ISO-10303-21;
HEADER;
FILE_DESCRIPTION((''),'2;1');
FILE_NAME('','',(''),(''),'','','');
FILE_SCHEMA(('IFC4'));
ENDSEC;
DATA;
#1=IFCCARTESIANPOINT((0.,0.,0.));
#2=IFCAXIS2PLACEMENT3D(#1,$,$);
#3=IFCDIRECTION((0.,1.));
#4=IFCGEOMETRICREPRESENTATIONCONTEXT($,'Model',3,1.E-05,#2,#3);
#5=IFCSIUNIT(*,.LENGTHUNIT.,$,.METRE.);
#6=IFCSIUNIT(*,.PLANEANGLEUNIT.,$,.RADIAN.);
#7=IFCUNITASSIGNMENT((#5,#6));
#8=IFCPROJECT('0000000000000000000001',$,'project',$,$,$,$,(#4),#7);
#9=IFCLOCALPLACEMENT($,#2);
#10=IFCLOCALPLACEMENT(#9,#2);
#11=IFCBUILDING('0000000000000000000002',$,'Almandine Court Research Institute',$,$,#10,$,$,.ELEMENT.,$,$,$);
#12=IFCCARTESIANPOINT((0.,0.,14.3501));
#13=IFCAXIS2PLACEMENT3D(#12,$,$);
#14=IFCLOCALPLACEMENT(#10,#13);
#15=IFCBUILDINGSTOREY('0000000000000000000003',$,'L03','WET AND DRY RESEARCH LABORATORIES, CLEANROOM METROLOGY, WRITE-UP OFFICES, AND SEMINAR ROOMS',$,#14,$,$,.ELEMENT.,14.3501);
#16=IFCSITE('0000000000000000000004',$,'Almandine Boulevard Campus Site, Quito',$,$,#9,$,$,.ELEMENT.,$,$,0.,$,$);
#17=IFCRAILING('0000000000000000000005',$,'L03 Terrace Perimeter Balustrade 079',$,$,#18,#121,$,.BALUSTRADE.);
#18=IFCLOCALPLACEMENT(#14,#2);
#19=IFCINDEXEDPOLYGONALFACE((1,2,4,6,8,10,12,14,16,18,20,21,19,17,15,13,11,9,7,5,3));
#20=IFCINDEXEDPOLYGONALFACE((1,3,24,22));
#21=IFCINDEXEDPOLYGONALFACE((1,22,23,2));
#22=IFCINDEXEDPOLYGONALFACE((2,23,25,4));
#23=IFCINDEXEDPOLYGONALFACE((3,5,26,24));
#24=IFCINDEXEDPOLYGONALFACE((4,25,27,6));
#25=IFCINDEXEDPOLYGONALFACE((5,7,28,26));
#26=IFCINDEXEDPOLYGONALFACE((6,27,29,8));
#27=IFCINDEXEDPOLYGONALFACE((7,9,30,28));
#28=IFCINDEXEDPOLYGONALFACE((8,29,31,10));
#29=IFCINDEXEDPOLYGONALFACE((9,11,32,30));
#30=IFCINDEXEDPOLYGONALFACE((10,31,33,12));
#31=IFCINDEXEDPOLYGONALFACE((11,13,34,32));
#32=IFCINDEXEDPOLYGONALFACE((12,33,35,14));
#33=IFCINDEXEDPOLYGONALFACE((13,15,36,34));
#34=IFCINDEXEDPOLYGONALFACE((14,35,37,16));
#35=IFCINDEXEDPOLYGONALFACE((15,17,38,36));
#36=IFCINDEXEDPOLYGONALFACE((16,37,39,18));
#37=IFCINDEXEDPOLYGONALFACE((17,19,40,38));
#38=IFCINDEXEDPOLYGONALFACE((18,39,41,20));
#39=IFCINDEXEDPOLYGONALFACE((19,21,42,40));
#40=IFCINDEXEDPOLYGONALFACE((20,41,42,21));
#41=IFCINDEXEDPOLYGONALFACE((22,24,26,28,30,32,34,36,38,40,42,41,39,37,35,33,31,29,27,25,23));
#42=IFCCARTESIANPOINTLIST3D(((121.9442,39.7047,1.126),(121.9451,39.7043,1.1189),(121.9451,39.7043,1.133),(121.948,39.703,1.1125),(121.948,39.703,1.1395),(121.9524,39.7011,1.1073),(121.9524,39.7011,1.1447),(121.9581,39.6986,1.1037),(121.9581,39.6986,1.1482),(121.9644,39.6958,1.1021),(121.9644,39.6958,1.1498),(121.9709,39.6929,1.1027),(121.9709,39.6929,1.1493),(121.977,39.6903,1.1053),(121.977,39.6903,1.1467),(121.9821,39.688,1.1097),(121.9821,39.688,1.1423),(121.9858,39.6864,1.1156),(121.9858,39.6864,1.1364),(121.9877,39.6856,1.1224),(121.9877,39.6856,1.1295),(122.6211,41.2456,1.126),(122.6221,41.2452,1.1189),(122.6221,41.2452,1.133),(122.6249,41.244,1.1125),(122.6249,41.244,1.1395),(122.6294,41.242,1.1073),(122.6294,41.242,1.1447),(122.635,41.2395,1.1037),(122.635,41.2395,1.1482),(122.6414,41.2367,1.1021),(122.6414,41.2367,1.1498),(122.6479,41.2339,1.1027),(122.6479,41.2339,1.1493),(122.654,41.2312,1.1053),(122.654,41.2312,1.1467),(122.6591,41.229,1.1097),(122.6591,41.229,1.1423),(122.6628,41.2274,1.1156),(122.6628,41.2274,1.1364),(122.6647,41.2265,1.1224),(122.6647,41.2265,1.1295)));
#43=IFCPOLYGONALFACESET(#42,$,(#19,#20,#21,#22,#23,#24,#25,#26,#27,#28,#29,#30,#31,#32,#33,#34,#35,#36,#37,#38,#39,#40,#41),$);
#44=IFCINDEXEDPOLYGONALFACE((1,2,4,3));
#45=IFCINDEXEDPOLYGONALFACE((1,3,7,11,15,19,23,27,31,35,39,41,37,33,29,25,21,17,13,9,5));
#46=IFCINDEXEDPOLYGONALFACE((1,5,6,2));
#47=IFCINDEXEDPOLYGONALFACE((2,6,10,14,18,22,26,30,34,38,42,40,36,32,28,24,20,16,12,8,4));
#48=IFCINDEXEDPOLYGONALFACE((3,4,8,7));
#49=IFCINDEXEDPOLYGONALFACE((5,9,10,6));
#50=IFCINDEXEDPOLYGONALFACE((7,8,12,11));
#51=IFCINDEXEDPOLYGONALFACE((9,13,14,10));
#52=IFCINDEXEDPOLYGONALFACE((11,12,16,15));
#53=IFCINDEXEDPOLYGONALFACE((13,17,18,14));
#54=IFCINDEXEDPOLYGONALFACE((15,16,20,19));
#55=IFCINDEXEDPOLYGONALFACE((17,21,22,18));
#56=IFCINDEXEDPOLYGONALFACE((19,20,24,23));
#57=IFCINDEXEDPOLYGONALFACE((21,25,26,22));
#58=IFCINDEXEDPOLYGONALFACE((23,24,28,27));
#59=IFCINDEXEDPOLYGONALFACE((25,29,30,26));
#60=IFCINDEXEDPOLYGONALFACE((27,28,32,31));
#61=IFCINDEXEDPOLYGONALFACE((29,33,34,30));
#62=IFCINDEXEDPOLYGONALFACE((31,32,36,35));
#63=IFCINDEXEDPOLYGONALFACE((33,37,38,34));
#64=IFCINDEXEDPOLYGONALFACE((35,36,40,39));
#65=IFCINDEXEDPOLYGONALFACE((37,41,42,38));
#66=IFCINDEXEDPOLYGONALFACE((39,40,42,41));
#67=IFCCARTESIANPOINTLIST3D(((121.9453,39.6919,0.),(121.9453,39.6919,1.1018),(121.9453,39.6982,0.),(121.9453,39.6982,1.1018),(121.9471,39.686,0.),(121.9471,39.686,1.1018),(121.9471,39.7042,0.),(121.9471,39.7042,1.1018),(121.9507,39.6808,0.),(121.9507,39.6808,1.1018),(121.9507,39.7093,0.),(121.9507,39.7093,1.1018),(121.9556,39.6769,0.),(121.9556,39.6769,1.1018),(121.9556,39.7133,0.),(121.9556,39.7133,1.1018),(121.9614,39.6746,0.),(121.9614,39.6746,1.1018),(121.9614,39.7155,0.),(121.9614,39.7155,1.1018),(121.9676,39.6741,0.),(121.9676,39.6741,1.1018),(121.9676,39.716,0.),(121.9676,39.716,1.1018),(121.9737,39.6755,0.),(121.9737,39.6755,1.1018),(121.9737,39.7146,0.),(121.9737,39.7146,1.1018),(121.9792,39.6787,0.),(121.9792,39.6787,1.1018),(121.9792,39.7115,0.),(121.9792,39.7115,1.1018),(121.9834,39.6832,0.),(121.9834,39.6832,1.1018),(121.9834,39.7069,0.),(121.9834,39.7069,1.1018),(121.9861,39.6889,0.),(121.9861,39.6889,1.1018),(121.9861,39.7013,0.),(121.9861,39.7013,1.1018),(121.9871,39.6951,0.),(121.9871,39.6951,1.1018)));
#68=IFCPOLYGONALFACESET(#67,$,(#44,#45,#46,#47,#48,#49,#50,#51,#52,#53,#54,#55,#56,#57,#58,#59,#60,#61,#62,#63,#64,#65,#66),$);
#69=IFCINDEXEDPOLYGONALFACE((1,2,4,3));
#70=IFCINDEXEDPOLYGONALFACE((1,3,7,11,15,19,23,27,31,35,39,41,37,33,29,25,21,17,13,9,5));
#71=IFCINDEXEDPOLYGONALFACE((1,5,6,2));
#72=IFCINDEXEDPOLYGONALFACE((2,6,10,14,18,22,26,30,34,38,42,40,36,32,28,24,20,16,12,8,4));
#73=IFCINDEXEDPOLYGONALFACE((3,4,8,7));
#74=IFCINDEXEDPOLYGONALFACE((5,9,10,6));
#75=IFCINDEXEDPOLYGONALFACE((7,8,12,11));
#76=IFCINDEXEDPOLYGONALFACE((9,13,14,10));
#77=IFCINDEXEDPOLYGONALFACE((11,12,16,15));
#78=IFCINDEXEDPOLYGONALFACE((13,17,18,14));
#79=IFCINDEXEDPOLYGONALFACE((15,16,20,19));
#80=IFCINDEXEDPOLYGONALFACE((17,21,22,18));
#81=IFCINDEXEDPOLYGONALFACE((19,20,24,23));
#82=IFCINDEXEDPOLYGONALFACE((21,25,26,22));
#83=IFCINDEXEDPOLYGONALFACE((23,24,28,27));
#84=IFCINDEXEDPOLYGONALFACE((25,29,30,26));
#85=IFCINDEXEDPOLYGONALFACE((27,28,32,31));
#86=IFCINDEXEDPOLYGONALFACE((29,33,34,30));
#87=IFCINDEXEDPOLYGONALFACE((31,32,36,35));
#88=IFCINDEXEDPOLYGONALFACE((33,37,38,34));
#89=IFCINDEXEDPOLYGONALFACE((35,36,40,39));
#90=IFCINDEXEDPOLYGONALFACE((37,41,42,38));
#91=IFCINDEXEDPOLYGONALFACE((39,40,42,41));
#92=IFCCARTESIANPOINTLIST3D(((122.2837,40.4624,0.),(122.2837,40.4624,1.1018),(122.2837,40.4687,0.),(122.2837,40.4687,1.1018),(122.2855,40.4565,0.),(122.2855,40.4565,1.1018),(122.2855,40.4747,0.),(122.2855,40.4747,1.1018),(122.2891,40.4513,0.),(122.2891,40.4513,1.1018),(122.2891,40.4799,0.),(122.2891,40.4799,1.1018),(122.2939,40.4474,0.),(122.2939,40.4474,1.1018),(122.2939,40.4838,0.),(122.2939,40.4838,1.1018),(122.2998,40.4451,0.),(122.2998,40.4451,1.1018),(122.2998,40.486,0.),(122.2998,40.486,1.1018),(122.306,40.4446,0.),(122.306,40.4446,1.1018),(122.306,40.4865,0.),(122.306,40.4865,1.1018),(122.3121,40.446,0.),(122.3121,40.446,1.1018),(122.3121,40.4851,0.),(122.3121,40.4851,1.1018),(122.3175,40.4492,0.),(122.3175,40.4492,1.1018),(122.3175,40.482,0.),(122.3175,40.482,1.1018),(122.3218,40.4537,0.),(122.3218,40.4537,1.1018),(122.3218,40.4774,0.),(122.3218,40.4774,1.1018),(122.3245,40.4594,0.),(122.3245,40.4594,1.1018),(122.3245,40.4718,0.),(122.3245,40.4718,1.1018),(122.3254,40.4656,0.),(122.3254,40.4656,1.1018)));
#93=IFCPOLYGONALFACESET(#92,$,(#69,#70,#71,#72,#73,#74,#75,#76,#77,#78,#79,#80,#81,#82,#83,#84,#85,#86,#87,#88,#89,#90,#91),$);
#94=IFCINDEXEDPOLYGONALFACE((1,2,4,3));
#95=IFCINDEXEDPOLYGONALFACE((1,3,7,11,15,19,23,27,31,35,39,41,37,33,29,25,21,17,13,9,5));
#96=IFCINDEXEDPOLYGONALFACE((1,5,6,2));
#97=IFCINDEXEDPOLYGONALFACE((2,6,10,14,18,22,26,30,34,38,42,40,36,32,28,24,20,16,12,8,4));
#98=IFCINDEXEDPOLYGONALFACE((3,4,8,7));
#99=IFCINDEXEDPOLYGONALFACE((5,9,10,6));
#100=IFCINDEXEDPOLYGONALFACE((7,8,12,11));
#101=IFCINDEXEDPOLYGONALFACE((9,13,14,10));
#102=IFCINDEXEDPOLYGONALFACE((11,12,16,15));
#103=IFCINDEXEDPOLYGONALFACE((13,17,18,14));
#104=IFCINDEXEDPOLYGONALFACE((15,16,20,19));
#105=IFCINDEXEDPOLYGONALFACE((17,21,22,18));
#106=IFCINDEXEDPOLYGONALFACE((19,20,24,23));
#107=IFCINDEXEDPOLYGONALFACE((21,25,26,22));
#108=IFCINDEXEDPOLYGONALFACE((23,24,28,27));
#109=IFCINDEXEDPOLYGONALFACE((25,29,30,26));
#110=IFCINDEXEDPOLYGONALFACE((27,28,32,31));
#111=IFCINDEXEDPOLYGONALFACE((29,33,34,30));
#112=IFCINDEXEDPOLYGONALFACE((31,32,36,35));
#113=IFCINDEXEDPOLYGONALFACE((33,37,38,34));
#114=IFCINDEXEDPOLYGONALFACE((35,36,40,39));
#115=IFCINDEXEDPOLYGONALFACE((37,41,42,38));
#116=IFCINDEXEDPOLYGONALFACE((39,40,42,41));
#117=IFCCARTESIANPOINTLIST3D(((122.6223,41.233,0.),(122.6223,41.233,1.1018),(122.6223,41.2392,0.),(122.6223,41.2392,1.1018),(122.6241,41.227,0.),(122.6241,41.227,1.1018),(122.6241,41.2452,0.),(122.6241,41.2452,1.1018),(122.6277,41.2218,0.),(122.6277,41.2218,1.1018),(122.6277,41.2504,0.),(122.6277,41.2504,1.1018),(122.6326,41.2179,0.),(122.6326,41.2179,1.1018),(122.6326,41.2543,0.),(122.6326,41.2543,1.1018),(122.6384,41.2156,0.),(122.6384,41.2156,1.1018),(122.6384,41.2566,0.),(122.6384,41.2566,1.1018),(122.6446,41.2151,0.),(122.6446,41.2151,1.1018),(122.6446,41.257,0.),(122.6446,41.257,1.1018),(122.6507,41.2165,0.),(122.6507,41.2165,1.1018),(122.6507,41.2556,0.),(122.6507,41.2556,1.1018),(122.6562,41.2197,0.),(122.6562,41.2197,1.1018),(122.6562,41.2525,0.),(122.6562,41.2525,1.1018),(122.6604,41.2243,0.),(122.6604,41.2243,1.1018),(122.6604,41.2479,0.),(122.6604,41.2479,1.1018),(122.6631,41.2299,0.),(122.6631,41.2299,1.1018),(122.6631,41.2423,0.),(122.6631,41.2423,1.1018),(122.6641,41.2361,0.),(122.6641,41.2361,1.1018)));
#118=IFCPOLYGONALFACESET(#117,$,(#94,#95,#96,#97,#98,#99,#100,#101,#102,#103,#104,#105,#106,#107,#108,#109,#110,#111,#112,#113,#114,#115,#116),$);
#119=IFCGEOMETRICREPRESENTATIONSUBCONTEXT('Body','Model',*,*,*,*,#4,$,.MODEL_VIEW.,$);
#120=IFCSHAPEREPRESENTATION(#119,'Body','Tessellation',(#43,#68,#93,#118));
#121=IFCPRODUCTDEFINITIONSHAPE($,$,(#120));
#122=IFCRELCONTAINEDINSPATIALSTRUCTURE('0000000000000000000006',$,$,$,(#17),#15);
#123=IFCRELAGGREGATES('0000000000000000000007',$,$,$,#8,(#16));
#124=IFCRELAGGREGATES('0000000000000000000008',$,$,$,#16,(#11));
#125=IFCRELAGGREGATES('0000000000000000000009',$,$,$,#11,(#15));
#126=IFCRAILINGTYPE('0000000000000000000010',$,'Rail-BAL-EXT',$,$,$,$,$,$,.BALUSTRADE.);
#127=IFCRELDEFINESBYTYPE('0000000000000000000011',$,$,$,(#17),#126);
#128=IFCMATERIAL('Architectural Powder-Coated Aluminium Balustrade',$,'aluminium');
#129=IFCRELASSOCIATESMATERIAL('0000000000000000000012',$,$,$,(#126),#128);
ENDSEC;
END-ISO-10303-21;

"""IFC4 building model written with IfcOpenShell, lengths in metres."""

from ifc_helpers import new_model, si_unit, direction, frame, origin, origin_2d, place, context, subcontext, project, spatial, circle, extrude, material, type_object, element, save


model = new_model("IFC4")

# Units and contexts
model_context = context("Model", 3, precision=1e-05, world=origin(), true_north=direction((0.0, 1.0)))
body_context = subcontext(model_context, "Body", "Model", "MODEL_VIEW")
ifc_project = project(units=[si_unit("LENGTHUNIT", "METRE"), si_unit("PLANEANGLEUNIT", "RADIAN")], contexts=[model_context])

# Site, building, storey
site_placement = place(None, origin())
site = spatial("IfcSite", under=ifc_project, at=site_placement, Name="Almandine Boulevard Campus Site, Quito", CompositionType="ELEMENT", RefElevation=0.0)
building_placement = place(site_placement, origin())
building = spatial("IfcBuilding", under=site, at=building_placement, Name="Almandine Court Research Institute", CompositionType="ELEMENT")
storey_placement = place(building_placement, frame((0.0, 0.0, 14.3501)))
storey = spatial("IfcBuildingStorey", under=building, at=storey_placement, Name="L03", Description="WET AND DRY RESEARCH LABORATORIES, CLEANROOM METROLOGY, WRITE-UP OFFICES, AND SEMINAR ROOMS", CompositionType="ELEMENT", Elevation=14.3501)

# Railing
ifc_material_1 = material(Name="Architectural Powder-Coated Aluminium Balustrade", Category="aluminium")
railing_type = type_object("IfcRailingType", Name="Rail-BAL-EXT", PredefinedType="BALUSTRADE", material=ifc_material_1)
railing_1_placement = place(storey_placement, frame((121.9661, 39.6951, 0.0)))
element("IfcRailing", 1, at=railing_1_placement, inside=storey, type_object=railing_type, Name="L03 Terrace Perimeter Balustrade 079", PredefinedType="BALUSTRADE", context=body_context, shape_type="SweptSolid", body=[
    extrude(circle(Radius=0.0239, at=origin_2d()), frame((0.0, 0.0, 1.126), z_axis=(0.402218, 0.915544, 0.0), x_axis=(-0.915544, 0.402218, 0.0)), (0.0, 0.0, 1.0), 1.6831),
    extrude(circle(Radius=0.021, at=origin_2d()), origin(), (0.0, 0.0, 1.0), 1.1018),
    extrude(circle(Radius=0.021, at=origin_2d()), frame((0.3384, 0.7705, 0.0)), (0.0, 0.0, 1.0), 1.1018),
    extrude(circle(Radius=0.021, at=origin_2d()), frame((0.677, 1.541, 0.0)), (0.0, 0.0, 1.0), 1.1018),
])

save(model, "model.ifc")
